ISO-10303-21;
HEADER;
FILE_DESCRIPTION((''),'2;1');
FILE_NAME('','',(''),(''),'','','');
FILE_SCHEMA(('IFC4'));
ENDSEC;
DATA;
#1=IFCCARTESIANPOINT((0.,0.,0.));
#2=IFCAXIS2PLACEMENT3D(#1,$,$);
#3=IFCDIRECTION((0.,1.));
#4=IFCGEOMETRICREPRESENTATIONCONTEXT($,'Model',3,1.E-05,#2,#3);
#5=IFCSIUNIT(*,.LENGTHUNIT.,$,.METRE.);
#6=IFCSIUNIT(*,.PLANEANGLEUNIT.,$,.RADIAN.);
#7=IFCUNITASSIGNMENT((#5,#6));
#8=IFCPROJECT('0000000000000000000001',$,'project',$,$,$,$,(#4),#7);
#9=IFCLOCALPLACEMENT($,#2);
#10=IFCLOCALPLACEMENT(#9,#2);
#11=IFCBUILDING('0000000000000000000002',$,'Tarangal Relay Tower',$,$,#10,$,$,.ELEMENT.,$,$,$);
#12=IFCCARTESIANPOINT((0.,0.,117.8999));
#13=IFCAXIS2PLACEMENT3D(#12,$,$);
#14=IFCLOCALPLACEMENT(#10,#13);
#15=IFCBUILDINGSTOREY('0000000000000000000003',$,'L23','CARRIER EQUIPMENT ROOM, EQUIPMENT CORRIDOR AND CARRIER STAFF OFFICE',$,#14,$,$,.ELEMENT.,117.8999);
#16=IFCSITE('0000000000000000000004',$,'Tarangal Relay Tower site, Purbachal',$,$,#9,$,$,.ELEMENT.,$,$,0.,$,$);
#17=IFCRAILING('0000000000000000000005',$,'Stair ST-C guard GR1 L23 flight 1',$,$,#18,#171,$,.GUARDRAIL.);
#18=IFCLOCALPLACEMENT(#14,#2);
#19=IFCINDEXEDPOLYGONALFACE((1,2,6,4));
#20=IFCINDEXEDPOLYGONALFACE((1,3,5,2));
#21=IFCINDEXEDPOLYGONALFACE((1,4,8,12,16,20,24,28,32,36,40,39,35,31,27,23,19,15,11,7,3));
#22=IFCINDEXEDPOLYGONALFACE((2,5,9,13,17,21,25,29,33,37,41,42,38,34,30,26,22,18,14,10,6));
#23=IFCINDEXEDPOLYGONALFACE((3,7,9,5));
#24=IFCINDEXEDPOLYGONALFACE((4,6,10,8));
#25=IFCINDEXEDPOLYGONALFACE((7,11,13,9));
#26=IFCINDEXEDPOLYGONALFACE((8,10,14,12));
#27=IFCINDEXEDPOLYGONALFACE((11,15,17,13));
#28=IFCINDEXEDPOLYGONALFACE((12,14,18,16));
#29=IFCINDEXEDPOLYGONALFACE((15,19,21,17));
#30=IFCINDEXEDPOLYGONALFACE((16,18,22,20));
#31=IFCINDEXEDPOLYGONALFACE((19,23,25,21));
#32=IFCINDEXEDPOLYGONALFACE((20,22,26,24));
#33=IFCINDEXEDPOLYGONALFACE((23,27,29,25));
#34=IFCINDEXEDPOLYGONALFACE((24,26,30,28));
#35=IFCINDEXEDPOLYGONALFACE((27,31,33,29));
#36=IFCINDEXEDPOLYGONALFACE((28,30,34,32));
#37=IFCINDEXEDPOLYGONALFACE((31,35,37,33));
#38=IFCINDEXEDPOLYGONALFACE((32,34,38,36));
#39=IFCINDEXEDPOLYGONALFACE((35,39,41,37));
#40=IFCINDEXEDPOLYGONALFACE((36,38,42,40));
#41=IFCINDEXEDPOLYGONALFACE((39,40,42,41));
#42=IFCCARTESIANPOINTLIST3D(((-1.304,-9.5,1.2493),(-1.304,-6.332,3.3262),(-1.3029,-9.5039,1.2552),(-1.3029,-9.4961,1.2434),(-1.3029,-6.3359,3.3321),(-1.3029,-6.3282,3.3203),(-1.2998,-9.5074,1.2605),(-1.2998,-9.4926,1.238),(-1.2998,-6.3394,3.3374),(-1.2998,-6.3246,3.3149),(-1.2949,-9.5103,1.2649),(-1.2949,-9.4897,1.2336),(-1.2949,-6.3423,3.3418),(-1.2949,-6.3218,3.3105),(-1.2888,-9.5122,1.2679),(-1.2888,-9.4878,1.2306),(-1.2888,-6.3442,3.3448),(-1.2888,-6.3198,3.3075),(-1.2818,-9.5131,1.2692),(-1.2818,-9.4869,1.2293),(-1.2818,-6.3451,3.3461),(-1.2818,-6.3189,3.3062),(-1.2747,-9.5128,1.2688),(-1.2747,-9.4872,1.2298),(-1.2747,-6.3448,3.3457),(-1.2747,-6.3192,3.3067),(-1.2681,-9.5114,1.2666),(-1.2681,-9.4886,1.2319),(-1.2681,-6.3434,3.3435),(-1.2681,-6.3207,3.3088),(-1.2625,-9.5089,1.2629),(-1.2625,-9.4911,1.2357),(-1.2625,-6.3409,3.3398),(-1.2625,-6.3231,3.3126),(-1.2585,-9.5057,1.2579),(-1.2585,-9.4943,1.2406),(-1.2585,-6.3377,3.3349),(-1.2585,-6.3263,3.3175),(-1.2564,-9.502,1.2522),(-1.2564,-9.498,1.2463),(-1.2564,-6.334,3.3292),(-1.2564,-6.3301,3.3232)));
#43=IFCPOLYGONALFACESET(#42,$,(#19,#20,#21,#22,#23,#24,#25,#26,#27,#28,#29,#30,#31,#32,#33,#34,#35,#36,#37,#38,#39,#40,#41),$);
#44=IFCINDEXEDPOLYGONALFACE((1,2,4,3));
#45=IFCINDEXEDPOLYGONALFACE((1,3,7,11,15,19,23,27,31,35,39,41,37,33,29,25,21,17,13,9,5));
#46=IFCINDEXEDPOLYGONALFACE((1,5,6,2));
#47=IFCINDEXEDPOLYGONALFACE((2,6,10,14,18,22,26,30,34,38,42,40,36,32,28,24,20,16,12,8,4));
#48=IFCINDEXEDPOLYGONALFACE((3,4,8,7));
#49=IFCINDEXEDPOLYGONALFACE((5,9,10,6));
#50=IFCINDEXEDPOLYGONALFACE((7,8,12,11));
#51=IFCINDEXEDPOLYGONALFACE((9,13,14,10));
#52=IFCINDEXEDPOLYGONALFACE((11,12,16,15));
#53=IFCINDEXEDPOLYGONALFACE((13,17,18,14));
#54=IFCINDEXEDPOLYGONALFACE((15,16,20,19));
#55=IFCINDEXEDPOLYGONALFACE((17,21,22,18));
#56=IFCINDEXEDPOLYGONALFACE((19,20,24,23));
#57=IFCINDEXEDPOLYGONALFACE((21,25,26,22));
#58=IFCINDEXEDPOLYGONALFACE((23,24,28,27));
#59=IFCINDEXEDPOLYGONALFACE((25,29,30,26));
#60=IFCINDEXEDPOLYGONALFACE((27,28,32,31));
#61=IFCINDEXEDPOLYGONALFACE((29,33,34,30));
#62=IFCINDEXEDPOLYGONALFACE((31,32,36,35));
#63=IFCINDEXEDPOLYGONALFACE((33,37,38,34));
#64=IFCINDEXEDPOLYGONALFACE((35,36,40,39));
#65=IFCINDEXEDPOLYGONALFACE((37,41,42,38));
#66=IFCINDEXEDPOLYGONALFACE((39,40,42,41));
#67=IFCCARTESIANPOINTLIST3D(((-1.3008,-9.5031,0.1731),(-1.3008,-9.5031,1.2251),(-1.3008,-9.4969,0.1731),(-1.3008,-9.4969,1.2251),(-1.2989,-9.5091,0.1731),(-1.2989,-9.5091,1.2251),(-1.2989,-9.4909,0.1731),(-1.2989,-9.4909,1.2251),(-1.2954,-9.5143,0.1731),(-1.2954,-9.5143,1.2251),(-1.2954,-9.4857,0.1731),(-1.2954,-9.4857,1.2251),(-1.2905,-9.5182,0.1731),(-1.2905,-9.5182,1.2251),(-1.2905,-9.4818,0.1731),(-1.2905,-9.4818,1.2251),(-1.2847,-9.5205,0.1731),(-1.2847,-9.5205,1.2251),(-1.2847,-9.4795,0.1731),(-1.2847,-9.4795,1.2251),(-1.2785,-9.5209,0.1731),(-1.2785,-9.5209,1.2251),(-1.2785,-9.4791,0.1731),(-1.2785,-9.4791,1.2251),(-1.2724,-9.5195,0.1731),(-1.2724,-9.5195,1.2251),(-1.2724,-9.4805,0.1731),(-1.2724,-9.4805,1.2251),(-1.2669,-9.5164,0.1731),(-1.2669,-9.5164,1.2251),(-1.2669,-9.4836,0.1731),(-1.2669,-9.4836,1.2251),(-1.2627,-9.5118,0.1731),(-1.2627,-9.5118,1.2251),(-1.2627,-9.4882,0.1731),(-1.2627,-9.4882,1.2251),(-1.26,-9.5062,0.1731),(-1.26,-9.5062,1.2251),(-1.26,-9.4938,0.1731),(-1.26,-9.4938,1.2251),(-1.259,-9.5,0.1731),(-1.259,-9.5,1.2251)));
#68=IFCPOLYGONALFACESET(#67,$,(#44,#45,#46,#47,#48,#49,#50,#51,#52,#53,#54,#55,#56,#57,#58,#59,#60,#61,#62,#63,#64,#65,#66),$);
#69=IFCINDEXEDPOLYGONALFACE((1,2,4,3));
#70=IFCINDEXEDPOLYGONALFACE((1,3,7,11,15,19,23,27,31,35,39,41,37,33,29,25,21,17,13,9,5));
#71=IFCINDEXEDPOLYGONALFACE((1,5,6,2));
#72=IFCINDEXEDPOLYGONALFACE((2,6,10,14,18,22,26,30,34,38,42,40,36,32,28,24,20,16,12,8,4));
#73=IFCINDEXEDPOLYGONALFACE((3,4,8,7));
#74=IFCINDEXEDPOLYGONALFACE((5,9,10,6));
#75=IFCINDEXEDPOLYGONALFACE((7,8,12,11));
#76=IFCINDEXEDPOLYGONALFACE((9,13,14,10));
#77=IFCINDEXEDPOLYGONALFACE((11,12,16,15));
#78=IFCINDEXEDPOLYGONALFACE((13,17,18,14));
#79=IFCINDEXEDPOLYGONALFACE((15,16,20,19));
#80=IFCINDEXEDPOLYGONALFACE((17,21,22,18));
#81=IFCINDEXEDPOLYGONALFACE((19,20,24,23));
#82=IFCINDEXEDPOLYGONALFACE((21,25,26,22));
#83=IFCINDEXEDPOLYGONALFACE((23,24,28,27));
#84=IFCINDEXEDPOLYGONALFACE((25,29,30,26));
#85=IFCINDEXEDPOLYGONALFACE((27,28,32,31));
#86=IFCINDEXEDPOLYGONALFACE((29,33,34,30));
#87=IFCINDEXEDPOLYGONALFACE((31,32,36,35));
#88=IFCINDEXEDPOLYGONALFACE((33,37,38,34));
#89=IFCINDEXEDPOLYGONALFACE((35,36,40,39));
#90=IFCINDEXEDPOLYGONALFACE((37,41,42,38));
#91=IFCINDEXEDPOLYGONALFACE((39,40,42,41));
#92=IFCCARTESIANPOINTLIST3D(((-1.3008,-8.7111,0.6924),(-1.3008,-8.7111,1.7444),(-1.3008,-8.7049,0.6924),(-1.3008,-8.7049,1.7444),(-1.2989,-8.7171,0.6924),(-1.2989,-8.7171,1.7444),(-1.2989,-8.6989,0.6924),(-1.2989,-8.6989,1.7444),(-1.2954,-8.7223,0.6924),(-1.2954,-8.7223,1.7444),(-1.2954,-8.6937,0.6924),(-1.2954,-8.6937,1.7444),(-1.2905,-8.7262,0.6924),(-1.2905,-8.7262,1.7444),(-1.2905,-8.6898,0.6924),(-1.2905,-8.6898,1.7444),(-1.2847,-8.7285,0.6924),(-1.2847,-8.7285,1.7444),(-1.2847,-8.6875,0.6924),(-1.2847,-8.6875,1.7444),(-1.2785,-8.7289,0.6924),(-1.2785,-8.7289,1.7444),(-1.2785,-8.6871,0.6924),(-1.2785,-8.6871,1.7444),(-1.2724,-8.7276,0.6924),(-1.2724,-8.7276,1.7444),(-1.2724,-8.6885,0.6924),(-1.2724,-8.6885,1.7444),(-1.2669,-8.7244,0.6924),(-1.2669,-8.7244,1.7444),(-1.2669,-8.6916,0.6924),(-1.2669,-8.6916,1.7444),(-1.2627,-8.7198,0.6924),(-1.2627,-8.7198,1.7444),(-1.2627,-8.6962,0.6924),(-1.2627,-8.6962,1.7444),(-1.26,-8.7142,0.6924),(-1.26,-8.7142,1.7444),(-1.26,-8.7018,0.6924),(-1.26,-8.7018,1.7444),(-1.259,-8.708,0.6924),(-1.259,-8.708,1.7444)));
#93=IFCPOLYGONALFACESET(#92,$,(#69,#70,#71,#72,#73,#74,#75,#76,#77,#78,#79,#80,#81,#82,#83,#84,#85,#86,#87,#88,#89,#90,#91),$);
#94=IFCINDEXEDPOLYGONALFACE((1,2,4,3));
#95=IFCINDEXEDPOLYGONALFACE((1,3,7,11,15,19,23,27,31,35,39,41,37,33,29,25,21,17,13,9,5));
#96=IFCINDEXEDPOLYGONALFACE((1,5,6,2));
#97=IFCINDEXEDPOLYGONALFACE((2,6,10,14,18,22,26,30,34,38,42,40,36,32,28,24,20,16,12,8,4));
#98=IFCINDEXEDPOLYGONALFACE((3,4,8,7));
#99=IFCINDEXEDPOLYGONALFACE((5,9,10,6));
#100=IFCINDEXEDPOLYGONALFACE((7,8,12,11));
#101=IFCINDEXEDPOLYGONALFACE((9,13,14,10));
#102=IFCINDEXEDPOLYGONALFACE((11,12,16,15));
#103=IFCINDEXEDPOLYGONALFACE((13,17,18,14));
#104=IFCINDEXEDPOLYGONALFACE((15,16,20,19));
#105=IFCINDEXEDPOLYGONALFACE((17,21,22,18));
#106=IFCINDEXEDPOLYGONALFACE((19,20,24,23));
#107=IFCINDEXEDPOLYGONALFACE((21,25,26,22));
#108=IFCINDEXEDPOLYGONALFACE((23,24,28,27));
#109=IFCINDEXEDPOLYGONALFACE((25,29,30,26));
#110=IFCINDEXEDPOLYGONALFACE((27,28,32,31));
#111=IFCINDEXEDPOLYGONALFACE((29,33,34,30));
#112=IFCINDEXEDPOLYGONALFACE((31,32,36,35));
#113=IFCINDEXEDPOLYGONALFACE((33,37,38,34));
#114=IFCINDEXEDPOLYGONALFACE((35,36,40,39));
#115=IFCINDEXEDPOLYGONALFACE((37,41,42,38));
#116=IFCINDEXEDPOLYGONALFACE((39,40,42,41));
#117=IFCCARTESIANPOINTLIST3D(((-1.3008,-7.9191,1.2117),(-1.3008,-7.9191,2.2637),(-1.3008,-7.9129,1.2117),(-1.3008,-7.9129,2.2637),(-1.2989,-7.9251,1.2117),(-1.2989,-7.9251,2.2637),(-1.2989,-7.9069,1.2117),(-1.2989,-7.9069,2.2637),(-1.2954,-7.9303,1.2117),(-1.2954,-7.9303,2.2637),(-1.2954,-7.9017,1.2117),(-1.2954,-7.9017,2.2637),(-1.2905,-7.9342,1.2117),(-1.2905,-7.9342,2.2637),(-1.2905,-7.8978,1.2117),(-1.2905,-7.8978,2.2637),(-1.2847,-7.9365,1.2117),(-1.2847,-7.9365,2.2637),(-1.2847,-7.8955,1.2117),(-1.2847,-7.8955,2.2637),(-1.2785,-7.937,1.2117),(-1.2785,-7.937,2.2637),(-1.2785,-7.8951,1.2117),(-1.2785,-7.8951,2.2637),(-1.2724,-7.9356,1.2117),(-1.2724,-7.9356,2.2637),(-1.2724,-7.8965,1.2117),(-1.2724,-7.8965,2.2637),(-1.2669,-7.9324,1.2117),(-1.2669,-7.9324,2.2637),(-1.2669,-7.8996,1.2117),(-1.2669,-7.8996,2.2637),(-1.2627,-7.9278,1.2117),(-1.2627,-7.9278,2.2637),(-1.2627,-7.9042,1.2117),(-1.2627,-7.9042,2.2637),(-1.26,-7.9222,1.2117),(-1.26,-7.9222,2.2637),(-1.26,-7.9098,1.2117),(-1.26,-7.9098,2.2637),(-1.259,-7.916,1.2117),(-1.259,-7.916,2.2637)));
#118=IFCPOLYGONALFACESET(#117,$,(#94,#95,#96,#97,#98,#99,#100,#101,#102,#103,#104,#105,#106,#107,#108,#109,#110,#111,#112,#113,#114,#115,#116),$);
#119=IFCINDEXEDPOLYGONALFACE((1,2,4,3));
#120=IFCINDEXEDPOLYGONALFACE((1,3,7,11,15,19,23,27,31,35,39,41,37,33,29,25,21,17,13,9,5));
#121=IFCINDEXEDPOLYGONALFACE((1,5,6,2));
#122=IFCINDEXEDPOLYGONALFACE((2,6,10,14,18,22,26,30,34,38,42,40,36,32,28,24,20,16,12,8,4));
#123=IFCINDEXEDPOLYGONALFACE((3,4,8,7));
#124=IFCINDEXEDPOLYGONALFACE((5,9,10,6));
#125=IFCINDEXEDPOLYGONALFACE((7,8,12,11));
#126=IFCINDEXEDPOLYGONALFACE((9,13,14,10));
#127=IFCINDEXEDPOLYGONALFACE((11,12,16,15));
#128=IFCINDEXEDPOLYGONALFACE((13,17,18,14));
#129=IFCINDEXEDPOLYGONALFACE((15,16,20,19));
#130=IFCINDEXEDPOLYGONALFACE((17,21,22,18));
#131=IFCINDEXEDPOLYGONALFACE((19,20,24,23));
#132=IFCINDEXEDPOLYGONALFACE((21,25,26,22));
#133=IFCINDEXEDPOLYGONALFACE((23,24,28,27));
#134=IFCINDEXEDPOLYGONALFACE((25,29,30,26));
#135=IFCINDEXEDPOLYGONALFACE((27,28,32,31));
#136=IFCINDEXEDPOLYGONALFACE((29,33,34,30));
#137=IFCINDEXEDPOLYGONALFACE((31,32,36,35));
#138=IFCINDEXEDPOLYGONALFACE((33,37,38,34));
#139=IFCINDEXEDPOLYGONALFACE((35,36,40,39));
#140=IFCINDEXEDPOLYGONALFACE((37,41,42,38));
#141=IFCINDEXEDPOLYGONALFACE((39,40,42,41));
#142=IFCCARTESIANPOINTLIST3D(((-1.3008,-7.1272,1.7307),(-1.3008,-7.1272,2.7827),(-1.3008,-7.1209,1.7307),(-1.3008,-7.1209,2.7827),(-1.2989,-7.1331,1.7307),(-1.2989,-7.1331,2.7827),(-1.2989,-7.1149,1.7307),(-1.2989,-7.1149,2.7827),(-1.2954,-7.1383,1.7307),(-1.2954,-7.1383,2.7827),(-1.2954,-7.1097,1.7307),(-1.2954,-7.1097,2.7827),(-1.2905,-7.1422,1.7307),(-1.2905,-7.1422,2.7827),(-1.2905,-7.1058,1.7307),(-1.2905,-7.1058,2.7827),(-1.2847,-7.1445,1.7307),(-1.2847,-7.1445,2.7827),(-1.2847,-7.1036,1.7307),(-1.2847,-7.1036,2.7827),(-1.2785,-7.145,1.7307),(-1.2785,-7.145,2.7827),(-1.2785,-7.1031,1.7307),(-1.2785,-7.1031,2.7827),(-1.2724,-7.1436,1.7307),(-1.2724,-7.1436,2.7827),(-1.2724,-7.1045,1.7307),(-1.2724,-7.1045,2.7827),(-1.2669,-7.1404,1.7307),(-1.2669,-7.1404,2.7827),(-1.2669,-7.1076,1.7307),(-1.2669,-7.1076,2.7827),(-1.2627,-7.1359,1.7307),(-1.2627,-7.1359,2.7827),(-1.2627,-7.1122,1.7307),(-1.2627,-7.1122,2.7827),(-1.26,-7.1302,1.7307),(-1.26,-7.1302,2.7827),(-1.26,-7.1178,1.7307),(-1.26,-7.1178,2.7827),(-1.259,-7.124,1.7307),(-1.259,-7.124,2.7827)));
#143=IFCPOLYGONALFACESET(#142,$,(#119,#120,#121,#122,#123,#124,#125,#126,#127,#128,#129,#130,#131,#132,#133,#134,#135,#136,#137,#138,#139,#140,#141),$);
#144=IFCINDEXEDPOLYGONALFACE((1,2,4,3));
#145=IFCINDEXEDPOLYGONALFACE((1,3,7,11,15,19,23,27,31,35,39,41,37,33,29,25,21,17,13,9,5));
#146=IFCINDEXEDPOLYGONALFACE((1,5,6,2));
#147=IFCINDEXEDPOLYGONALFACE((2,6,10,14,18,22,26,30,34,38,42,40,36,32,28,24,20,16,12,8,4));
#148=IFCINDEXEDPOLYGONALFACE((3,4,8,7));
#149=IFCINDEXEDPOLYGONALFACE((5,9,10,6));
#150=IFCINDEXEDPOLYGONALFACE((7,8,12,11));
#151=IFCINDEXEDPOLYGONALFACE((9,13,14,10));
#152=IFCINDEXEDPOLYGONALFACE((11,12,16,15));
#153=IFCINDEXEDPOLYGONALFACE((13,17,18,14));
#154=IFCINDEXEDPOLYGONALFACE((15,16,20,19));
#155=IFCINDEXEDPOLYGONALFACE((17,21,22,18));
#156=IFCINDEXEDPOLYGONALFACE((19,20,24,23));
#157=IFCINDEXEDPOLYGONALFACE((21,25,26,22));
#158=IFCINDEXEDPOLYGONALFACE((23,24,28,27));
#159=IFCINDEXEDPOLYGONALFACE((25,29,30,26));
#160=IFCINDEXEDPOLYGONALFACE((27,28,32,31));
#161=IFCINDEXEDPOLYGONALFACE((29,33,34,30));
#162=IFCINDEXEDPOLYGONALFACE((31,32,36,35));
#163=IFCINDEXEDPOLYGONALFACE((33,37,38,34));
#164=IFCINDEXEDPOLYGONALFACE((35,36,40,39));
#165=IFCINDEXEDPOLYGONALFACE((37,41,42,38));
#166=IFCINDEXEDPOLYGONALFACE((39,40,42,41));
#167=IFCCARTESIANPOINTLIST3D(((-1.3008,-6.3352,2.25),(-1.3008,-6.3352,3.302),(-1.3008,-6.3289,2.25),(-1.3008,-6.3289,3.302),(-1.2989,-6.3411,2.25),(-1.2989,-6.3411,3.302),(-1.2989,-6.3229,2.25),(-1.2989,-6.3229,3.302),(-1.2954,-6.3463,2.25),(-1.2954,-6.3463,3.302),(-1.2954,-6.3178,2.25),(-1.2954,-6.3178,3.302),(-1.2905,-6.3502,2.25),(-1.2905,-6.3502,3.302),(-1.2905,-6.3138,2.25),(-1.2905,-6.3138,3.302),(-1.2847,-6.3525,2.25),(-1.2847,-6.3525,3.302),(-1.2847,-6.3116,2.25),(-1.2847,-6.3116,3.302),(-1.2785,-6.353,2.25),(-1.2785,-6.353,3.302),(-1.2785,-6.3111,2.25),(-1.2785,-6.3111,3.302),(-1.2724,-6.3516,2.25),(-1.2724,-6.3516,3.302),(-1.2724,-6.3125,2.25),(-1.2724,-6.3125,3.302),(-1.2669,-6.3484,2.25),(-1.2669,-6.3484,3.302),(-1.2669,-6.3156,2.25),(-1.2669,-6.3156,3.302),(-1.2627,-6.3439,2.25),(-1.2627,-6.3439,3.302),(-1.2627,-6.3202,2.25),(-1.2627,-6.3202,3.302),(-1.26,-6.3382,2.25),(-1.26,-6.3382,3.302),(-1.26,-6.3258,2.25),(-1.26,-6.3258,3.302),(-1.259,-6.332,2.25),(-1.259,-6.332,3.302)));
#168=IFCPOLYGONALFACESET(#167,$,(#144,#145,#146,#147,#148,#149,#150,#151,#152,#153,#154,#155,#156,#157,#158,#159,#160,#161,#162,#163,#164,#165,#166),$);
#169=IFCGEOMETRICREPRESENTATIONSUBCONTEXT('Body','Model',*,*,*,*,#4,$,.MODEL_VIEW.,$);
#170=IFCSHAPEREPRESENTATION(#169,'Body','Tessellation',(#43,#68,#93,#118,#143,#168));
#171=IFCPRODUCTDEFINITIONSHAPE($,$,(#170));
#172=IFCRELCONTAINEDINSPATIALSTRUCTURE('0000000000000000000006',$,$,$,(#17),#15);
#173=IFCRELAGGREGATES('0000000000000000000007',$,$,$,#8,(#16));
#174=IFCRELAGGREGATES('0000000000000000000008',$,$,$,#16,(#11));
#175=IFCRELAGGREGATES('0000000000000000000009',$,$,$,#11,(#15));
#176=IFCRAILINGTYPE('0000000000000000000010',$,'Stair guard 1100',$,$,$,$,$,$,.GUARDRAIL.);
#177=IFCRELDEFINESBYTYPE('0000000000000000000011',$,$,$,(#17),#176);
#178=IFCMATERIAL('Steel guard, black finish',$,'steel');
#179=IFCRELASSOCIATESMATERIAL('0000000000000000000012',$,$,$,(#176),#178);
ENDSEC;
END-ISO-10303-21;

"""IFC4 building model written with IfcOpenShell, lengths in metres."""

from ifc_helpers import new_model, si_unit, direction, frame, origin, origin_2d, place, context, subcontext, project, spatial, circle, extrude, material, type_object, element, save


model = new_model("IFC4")

# Units and contexts
model_context = context("Model", 3, precision=1e-05, world=origin(), true_north=direction((0.0, 1.0)))
body_context = subcontext(model_context, "Body", "Model", "MODEL_VIEW")
ifc_project = project(units=[si_unit("LENGTHUNIT", "METRE"), si_unit("PLANEANGLEUNIT", "RADIAN")], contexts=[model_context])

# Site, building, storey
site_placement = place(None, origin())
site = spatial("IfcSite", under=ifc_project, at=site_placement, Name="Tarangal Relay Tower site, Purbachal", CompositionType="ELEMENT", RefElevation=0.0)
building_placement = place(site_placement, origin())
building = spatial("IfcBuilding", under=site, at=building_placement, Name="Tarangal Relay Tower", CompositionType="ELEMENT")
storey_placement = place(building_placement, frame((0.0, 0.0, 117.8999)))
storey = spatial("IfcBuildingStorey", under=building, at=storey_placement, Name="L23", Description="CARRIER EQUIPMENT ROOM, EQUIPMENT CORRIDOR AND CARRIER STAFF OFFICE", CompositionType="ELEMENT", Elevation=117.8999)

# Railing
ifc_material_1 = material(Name="Steel guard, black finish", Category="steel")
railing_type_1 = type_object("IfcRailingType", Name="Stair guard 1100", PredefinedType="GUARDRAIL", material=ifc_material_1)
railing_1_placement = place(storey_placement, frame((-1.28, -9.5, 0.1731)))
element("IfcRailing", 1, at=railing_1_placement, inside=storey, type_object=railing_type_1, Name="Stair ST-C guard GR1 L23 flight 1", PredefinedType="GUARDRAIL", context=body_context, shape_type="SweptSolid", body=[
    extrude(circle(Radius=0.0239, at=origin_2d()), frame((0.0, 0.0, 1.0762), z_axis=(0.0, 0.836299, 0.548273), x_axis=(-1.0, 0.0, 0.0)), (0.0, 0.0, 1.0), 3.7881),
    extrude(circle(Radius=0.021, at=origin_2d()), origin(), (0.0, 0.0, 1.0), 1.052),
    extrude(circle(Radius=0.021, at=origin_2d()), frame((0.0, 0.792, 0.5193)), (0.0, 0.0, 1.0), 1.052),
    extrude(circle(Radius=0.021, at=origin_2d()), frame((0.0, 1.584, 1.0386)), (0.0, 0.0, 1.0), 1.052),
    extrude(circle(Radius=0.021, at=origin_2d()), frame((0.0, 2.376, 1.5576)), (0.0, 0.0, 1.0), 1.052),
    extrude(circle(Radius=0.021, at=origin_2d()), frame((0.0, 3.168, 2.0769)), (0.0, 0.0, 1.0), 1.052),
])

save(model, "model.ifc")
